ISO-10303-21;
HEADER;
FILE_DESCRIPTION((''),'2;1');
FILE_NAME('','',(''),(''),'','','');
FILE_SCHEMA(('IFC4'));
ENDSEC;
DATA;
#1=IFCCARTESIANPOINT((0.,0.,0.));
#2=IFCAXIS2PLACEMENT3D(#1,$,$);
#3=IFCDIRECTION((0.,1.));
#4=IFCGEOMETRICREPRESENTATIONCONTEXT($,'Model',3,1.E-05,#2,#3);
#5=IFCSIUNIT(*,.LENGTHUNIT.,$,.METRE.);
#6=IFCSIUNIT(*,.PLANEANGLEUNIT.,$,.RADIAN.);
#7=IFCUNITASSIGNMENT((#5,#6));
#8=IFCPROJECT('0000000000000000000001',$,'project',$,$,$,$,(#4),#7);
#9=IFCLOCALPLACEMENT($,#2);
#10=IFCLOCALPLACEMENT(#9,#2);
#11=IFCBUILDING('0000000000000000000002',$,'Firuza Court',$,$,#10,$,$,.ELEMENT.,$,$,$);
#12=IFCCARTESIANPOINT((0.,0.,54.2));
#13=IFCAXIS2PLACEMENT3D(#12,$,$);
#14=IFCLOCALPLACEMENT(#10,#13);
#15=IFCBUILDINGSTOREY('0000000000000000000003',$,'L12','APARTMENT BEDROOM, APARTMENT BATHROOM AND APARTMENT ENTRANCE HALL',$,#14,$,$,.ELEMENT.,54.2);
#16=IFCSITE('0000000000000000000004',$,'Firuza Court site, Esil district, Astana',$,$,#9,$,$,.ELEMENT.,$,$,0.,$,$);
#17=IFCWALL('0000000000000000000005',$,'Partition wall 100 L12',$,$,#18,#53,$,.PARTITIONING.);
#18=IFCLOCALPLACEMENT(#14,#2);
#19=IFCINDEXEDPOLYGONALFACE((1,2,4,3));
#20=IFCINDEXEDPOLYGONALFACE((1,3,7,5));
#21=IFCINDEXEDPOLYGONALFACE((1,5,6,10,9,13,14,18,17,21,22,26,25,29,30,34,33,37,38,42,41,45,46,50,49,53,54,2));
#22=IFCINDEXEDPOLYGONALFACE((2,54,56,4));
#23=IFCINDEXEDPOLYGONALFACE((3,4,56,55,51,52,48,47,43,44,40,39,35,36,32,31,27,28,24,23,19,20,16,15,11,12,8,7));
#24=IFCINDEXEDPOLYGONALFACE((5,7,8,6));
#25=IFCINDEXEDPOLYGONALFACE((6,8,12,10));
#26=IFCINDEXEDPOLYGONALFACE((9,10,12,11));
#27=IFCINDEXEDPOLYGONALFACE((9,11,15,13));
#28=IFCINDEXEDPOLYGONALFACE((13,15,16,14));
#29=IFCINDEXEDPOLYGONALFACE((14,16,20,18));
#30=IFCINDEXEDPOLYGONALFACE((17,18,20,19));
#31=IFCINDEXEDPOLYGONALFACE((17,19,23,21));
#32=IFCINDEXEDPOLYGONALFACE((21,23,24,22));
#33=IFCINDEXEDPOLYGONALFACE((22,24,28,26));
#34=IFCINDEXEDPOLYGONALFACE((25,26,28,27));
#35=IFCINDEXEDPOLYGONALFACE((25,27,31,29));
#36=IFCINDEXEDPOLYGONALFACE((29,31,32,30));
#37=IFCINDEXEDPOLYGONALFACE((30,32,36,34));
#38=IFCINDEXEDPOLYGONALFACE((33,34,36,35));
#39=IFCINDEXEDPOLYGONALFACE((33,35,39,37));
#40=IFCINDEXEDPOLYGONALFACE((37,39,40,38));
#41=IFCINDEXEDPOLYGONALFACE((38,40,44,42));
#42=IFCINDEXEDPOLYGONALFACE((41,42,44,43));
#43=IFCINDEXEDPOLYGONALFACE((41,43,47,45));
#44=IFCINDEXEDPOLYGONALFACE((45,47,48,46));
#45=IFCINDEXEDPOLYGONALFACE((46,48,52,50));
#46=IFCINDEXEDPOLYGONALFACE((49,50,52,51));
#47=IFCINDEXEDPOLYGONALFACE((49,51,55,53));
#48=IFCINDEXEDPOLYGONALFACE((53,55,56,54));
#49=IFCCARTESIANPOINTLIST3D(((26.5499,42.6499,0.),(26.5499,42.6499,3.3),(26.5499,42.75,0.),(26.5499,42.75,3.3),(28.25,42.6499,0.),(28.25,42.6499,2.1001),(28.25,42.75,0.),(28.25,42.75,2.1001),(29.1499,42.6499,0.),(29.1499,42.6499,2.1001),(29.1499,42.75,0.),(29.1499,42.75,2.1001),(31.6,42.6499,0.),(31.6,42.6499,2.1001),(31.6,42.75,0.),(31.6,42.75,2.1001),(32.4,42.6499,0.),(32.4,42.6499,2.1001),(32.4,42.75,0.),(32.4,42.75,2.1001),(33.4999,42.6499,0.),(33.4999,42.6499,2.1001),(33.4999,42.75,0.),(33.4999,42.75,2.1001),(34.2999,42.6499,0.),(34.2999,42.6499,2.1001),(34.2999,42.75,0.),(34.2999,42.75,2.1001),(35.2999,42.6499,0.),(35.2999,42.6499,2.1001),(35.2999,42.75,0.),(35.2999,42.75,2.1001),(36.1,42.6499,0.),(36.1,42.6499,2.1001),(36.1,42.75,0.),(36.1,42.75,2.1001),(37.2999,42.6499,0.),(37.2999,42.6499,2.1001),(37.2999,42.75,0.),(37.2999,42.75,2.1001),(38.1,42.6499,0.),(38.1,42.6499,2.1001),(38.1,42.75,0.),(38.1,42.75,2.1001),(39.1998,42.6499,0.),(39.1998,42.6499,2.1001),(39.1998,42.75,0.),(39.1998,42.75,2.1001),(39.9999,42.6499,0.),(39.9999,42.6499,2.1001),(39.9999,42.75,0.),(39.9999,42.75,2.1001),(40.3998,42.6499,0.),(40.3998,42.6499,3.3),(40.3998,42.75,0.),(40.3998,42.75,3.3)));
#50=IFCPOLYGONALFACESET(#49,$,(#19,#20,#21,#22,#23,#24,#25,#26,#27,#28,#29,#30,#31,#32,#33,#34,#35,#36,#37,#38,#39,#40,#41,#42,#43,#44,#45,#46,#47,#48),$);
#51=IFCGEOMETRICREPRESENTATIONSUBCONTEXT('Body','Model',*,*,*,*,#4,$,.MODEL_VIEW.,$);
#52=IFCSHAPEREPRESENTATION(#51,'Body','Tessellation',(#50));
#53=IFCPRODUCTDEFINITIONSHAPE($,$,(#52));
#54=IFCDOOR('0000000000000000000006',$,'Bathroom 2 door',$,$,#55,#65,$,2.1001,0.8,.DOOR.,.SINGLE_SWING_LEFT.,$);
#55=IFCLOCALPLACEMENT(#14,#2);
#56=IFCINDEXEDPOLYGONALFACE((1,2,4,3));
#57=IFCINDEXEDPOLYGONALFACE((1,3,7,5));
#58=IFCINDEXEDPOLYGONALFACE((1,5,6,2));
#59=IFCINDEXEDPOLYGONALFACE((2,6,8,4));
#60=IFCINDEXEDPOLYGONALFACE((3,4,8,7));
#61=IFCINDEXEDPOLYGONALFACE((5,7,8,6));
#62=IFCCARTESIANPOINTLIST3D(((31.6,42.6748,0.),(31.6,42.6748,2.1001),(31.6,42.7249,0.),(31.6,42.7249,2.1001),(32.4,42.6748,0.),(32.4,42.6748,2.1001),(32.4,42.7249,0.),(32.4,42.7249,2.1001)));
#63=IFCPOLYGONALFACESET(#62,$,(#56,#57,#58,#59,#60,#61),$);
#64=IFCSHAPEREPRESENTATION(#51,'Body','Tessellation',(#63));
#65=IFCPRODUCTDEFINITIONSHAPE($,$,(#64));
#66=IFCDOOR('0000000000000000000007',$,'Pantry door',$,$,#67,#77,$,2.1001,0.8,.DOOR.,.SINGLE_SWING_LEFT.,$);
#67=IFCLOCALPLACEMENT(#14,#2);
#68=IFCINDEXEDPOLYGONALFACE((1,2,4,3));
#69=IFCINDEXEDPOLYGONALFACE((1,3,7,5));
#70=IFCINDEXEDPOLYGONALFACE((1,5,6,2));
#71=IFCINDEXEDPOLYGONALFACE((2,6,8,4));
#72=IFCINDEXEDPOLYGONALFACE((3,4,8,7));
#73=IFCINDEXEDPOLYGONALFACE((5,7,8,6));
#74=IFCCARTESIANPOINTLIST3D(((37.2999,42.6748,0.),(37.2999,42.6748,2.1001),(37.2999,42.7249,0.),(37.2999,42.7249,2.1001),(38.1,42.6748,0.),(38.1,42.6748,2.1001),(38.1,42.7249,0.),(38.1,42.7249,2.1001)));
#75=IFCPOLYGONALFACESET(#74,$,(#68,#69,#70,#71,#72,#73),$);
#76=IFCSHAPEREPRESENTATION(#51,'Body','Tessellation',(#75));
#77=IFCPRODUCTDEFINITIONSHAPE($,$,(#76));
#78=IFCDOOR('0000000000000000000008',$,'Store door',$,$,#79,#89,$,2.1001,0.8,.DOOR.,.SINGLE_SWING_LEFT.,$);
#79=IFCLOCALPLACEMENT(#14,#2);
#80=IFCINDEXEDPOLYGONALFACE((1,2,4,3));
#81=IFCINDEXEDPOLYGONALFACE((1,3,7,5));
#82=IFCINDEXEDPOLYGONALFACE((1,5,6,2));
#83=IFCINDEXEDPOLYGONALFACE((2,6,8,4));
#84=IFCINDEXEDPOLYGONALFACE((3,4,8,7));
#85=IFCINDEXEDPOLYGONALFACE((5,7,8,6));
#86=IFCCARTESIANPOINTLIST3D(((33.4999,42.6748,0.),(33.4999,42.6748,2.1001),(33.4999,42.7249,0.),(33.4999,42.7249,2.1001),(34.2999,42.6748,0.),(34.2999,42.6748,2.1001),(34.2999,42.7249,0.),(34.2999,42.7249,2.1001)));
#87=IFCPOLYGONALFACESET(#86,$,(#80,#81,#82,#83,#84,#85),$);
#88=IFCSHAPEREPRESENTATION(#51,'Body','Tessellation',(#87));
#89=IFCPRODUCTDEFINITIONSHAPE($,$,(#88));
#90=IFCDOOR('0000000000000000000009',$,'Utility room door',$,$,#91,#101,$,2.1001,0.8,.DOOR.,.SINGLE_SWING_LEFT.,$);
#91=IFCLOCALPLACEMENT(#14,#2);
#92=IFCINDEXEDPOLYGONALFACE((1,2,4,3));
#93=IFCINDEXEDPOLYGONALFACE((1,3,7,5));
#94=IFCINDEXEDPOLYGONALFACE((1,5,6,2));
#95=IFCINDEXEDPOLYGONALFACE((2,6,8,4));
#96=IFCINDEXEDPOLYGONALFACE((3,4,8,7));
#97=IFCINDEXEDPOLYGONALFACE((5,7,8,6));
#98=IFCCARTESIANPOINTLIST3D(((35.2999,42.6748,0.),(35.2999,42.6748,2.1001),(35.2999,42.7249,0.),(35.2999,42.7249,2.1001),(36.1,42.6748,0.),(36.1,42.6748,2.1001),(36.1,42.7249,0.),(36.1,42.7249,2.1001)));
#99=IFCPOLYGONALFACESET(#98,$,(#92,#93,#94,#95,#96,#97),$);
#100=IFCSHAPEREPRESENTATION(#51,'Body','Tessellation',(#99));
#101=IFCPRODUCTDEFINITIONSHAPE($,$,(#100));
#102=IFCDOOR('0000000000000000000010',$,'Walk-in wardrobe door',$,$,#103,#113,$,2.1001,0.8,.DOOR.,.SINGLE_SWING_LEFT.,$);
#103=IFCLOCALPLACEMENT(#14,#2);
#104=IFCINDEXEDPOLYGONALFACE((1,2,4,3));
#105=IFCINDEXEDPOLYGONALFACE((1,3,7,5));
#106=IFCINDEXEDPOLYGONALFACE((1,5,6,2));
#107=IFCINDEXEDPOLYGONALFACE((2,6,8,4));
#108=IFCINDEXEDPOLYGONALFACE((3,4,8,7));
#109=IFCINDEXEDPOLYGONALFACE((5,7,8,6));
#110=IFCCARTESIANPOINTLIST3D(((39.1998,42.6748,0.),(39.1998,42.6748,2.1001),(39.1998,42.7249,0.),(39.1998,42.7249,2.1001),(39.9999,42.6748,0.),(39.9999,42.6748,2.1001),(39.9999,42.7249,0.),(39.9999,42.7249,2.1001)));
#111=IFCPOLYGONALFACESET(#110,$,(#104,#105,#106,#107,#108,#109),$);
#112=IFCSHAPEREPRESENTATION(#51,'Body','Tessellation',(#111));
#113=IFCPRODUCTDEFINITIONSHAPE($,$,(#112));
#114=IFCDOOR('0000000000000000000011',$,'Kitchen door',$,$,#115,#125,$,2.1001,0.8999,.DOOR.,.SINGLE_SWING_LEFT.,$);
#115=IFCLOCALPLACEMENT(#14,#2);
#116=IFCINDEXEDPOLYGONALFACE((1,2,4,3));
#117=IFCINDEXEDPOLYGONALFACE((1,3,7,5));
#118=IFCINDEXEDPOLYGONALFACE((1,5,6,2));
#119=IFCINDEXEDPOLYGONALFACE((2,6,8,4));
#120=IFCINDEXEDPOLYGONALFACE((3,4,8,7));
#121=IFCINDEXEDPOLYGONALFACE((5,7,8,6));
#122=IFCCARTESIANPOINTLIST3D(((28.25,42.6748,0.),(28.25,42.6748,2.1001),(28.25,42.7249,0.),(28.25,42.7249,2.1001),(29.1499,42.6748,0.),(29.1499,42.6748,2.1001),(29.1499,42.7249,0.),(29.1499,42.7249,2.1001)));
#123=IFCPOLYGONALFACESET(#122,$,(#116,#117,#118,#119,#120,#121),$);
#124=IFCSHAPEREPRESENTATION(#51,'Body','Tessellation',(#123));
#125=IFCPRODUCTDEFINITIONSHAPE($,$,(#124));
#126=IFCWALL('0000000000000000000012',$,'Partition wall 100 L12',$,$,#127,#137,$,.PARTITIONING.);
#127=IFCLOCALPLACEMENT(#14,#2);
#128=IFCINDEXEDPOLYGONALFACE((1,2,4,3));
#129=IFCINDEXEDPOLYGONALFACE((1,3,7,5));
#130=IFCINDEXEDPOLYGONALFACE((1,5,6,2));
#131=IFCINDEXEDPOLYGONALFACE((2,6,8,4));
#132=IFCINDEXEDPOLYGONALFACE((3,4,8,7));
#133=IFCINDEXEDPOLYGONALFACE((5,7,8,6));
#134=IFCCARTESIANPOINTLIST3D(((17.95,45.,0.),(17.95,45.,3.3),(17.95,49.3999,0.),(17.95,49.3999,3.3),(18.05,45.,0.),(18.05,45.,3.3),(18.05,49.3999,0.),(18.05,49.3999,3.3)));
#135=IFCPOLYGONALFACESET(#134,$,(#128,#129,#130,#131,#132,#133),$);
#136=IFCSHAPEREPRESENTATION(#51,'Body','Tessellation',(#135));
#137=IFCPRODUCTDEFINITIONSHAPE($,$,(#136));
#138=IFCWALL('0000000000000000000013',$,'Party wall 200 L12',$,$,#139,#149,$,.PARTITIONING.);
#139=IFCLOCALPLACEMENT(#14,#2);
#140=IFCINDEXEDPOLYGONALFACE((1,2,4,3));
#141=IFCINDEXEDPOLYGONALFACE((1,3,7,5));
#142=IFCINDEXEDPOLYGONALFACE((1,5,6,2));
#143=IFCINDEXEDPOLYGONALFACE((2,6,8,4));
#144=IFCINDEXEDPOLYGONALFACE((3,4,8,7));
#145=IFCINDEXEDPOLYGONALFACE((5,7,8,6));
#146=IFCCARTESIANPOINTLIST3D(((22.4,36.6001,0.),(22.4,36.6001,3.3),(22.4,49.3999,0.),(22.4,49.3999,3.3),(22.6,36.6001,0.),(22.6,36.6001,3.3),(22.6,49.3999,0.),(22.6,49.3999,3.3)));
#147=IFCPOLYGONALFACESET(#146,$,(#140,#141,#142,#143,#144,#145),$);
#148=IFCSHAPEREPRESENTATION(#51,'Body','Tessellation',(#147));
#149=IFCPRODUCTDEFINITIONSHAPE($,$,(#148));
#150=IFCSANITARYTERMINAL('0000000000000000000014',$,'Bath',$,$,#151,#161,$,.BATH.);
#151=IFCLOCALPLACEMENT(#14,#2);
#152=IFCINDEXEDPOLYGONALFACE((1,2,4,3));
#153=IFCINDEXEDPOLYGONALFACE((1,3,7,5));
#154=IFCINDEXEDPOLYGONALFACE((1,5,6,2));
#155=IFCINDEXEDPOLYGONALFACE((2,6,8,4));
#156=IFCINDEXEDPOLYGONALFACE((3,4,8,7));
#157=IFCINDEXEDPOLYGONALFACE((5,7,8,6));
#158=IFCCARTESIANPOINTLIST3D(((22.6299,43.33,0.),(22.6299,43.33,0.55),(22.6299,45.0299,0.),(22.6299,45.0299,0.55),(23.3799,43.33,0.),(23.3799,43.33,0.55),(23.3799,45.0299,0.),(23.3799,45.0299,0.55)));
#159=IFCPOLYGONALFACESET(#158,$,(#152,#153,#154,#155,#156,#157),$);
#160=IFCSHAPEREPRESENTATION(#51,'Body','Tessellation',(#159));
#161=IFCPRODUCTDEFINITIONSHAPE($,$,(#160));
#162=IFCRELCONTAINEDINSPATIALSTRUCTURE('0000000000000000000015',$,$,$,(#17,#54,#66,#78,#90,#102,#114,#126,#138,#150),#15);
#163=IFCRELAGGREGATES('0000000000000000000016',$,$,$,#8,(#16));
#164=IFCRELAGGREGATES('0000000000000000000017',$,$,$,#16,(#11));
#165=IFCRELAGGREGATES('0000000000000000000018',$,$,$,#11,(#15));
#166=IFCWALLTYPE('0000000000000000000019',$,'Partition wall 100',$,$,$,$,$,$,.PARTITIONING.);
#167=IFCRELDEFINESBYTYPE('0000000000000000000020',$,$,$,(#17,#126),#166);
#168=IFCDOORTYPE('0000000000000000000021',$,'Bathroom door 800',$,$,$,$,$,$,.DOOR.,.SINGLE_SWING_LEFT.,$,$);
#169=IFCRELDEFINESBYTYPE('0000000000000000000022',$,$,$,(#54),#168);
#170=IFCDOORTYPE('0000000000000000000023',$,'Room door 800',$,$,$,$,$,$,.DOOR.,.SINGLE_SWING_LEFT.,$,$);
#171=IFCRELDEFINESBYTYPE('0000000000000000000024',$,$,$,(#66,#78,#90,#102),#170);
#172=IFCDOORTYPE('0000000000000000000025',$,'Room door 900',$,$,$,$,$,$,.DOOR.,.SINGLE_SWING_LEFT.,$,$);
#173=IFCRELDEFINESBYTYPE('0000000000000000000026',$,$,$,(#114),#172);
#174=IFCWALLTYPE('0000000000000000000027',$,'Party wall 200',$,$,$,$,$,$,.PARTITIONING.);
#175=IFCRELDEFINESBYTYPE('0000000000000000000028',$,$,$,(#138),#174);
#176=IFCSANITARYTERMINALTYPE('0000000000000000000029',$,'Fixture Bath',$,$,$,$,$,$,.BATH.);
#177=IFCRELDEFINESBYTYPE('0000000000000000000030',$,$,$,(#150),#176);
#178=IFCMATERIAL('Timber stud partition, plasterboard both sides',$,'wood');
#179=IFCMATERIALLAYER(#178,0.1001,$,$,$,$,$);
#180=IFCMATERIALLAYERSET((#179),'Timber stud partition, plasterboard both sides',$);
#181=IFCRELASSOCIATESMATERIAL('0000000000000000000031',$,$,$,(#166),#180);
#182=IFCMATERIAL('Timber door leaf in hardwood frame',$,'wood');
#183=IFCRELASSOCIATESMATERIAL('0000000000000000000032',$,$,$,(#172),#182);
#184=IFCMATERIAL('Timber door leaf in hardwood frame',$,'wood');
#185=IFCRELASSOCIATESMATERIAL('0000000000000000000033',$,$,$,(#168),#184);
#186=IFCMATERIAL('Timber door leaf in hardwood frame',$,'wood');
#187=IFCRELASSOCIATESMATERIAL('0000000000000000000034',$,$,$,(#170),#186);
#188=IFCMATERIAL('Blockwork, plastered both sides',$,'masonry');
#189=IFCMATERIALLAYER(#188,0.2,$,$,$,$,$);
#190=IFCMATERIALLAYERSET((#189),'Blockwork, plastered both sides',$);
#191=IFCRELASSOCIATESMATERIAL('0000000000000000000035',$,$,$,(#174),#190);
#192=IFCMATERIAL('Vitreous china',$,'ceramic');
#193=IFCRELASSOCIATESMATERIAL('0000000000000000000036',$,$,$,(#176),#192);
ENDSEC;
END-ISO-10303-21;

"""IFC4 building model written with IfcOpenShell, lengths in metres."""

from ifc_helpers import new_model, si_unit, direction, frame, frame_2d, origin, origin_2d, place, context, subcontext, project, spatial, rectangle, extrude, material, layer, layer_set, type_object, element, fill, save


model = new_model("IFC4")

# Units and contexts
model_context = context("Model", 3, precision=1e-05, world=origin(), true_north=direction((0.0, 1.0)))
body_context = subcontext(model_context, "Body", "Model", "MODEL_VIEW")
ifc_project = project(units=[si_unit("LENGTHUNIT", "METRE"), si_unit("PLANEANGLEUNIT", "RADIAN")], contexts=[model_context])

# Site, building, storey
site_placement = place(None, origin())
site = spatial("IfcSite", under=ifc_project, at=site_placement, Name="Firuza Court site, Esil district, Astana", CompositionType="ELEMENT", RefElevation=0.0)
building_placement = place(site_placement, origin())
building = spatial("IfcBuilding", under=site, at=building_placement, Name="Firuza Court", CompositionType="ELEMENT")
storey_placement = place(building_placement, frame((0.0, 0.0, 54.2)))
storey = spatial("IfcBuildingStorey", under=building, at=storey_placement, Name="L12", Description="APARTMENT BEDROOM, APARTMENT BATHROOM AND APARTMENT ENTRANCE HALL", CompositionType="ELEMENT", Elevation=54.2)

# Shared definitions
ifc_material_1 = material(Name="Timber stud partition, plasterboard both sides", Category="wood")
ifc_layer_1 = layer(ifc_material_1, 0.1001)
ifc_layer_set_1 = layer_set([ifc_layer_1], Name="Timber stud partition, plasterboard both sides")
wall_type_1 = type_object("IfcWallType", Name="Partition wall 100", PredefinedType="PARTITIONING", material=ifc_layer_set_1)

# Shared definitions
ifc_material_2 = material(Name="Timber door leaf in hardwood frame", Category="wood")
door_type_1 = type_object("IfcDoorType", Name="Room door 900", OperationType="SINGLE_SWING_LEFT", PredefinedType="DOOR", material=ifc_material_2)

# Shared definitions
ifc_material_3 = material(Name="Timber door leaf in hardwood frame", Category="wood")
door_type_2 = type_object("IfcDoorType", Name="Bathroom door 800", OperationType="SINGLE_SWING_LEFT", PredefinedType="DOOR", material=ifc_material_3)

# Wall, openings, doors
wall_1_placement = place(storey_placement, frame((26.55, 42.7, 0.0), z_axis=(0.0, 0.0, 1.0), x_axis=(1.0, 0.0, 0.0)))
wall_1 = element("IfcWall", 1, at=wall_1_placement, inside=storey, type_object=wall_type_1, Name="Partition wall 100 L12", PredefinedType="PARTITIONING", context=body_context, shape_type="SweptSolid", body=[
    extrude(rectangle(XDim=13.8499, YDim=0.1001, at=frame_2d((6.9248, 0.0))), origin(), (0.0, 0.0, 1.0), 3.3),
])
opening_1_placement = place(wall_1_placement, frame((5.05, 0.0, 0.0)))
opening_1 = element("IfcOpeningElement", 2, at=opening_1_placement, cuts=wall_1, PredefinedType="OPENING", context=body_context, shape_type="SweptSolid", body=[
    extrude(rectangle(XDim=0.8, YDim=2.1001, at=frame_2d((0.3999, 1.05))), frame((0.0, 0.062, 0.0), z_axis=(0.0, -1.0, 0.0), x_axis=(1.0, 0.0, 0.0)), (0.0, 0.0, 1.0), 0.124),
])
opening_2_placement = place(wall_1_placement, frame((1.7, 0.0, 0.0)))
opening_2 = element("IfcOpeningElement", 3, at=opening_2_placement, cuts=wall_1, PredefinedType="OPENING", context=body_context, shape_type="SweptSolid", body=[
    extrude(rectangle(XDim=0.8999, YDim=2.1001, at=frame_2d((0.45, 1.05))), frame((0.0, 0.062, 0.0), z_axis=(0.0, -1.0, 0.0), x_axis=(1.0, 0.0, 0.0)), (0.0, 0.0, 1.0), 0.124),
])
opening_3_placement = place(wall_1_placement, frame((10.75, 0.0, 0.0)))
opening_3 = element("IfcOpeningElement", 4, at=opening_3_placement, cuts=wall_1, PredefinedType="OPENING", context=body_context, shape_type="SweptSolid", body=[
    extrude(rectangle(XDim=0.8, YDim=2.1001, at=frame_2d((0.3999, 1.05))), frame((0.0, 0.062, 0.0), z_axis=(0.0, -1.0, 0.0), x_axis=(1.0, 0.0, 0.0)), (0.0, 0.0, 1.0), 0.124),
])
opening_4_placement = place(wall_1_placement, frame((6.95, 0.0, 0.0)))
opening_4 = element("IfcOpeningElement", 5, at=opening_4_placement, cuts=wall_1, PredefinedType="OPENING", context=body_context, shape_type="SweptSolid", body=[
    extrude(rectangle(XDim=0.8, YDim=2.1001, at=frame_2d((0.3999, 1.05))), frame((0.0, 0.062, 0.0), z_axis=(0.0, -1.0, 0.0), x_axis=(1.0, 0.0, 0.0)), (0.0, 0.0, 1.0), 0.124),
])
opening_5_placement = place(wall_1_placement, frame((8.75, 0.0, 0.0)))
opening_5 = element("IfcOpeningElement", 6, at=opening_5_placement, cuts=wall_1, PredefinedType="OPENING", context=body_context, shape_type="SweptSolid", body=[
    extrude(rectangle(XDim=0.8, YDim=2.1001, at=frame_2d((0.3999, 1.05))), frame((0.0, 0.062, 0.0), z_axis=(0.0, -1.0, 0.0), x_axis=(1.0, 0.0, 0.0)), (0.0, 0.0, 1.0), 0.124),
])
opening_6_placement = place(wall_1_placement, frame((12.6499, 0.0, 0.0)))
opening_6 = element("IfcOpeningElement", 7, at=opening_6_placement, cuts=wall_1, PredefinedType="OPENING", context=body_context, shape_type="SweptSolid", body=[
    extrude(rectangle(XDim=0.8, YDim=2.1001, at=frame_2d((0.3999, 1.05))), frame((0.0, 0.062, 0.0), z_axis=(0.0, -1.0, 0.0), x_axis=(1.0, 0.0, 0.0)), (0.0, 0.0, 1.0), 0.124),
])
door_1_placement = place(opening_1_placement, origin())
door_1 = element("IfcDoor", 8, at=door_1_placement, inside=storey, type_object=door_type_2, Name="Bathroom 2 door", OperationType="SINGLE_SWING_LEFT", OverallHeight=2.1001, OverallWidth=0.8, PredefinedType="DOOR", context=body_context, shape_type="SweptSolid", body=[
    extrude(rectangle(XDim=0.8, YDim=2.1001, at=frame_2d((0.3999, 1.05))), frame((0.0, 0.0249, 0.0), z_axis=(0.0, -1.0, 0.0), x_axis=(1.0, 0.0, 0.0)), (0.0, 0.0, 1.0), 0.05),
])
fill(opening_1, door_1)
ifc_material_4 = material(Name="Timber door leaf in hardwood frame", Category="wood")
door_type_3 = type_object("IfcDoorType", Name="Room door 800", OperationType="SINGLE_SWING_LEFT", PredefinedType="DOOR", material=ifc_material_4)
door_2_placement = place(opening_3_placement, origin())
door_2 = element("IfcDoor", 9, at=door_2_placement, inside=storey, type_object=door_type_3, Name="Pantry door", OperationType="SINGLE_SWING_LEFT", OverallHeight=2.1001, OverallWidth=0.8, PredefinedType="DOOR", context=body_context, shape_type="SweptSolid", body=[
    extrude(rectangle(XDim=0.8, YDim=2.1001, at=frame_2d((0.3999, 1.05))), frame((0.0, 0.0249, 0.0), z_axis=(0.0, -1.0, 0.0), x_axis=(1.0, 0.0, 0.0)), (0.0, 0.0, 1.0), 0.05),
])
fill(opening_3, door_2)
door_3_placement = place(opening_4_placement, origin())
door_3 = element("IfcDoor", 10, at=door_3_placement, inside=storey, type_object=door_type_3, Name="Store door", OperationType="SINGLE_SWING_LEFT", OverallHeight=2.1001, OverallWidth=0.8, PredefinedType="DOOR", context=body_context, shape_type="SweptSolid", body=[
    extrude(rectangle(XDim=0.8, YDim=2.1001, at=frame_2d((0.3999, 1.05))), frame((0.0, 0.0249, 0.0), z_axis=(0.0, -1.0, 0.0), x_axis=(1.0, 0.0, 0.0)), (0.0, 0.0, 1.0), 0.05),
])
fill(opening_4, door_3)
door_4_placement = place(opening_5_placement, origin())
door_4 = element("IfcDoor", 11, at=door_4_placement, inside=storey, type_object=door_type_3, Name="Utility room door", OperationType="SINGLE_SWING_LEFT", OverallHeight=2.1001, OverallWidth=0.8, PredefinedType="DOOR", context=body_context, shape_type="SweptSolid", body=[
    extrude(rectangle(XDim=0.8, YDim=2.1001, at=frame_2d((0.3999, 1.05))), frame((0.0, 0.0249, 0.0), z_axis=(0.0, -1.0, 0.0), x_axis=(1.0, 0.0, 0.0)), (0.0, 0.0, 1.0), 0.05),
])
fill(opening_5, door_4)
door_5_placement = place(opening_6_placement, origin())
door_5 = element("IfcDoor", 12, at=door_5_placement, inside=storey, type_object=door_type_3, Name="Walk-in wardrobe door", OperationType="SINGLE_SWING_LEFT", OverallHeight=2.1001, OverallWidth=0.8, PredefinedType="DOOR", context=body_context, shape_type="SweptSolid", body=[
    extrude(rectangle(XDim=0.8, YDim=2.1001, at=frame_2d((0.3999, 1.05))), frame((0.0, 0.0249, 0.0), z_axis=(0.0, -1.0, 0.0), x_axis=(1.0, 0.0, 0.0)), (0.0, 0.0, 1.0), 0.05),
])
fill(opening_6, door_5)
door_6_placement = place(opening_2_placement, origin())
door_6 = element("IfcDoor", 13, at=door_6_placement, inside=storey, type_object=door_type_1, Name="Kitchen door", OperationType="SINGLE_SWING_LEFT", OverallHeight=2.1001, OverallWidth=0.8999, PredefinedType="DOOR", context=body_context, shape_type="SweptSolid", body=[
    extrude(rectangle(XDim=0.8999, YDim=2.1001, at=frame_2d((0.45, 1.05))), frame((0.0, 0.0249, 0.0), z_axis=(0.0, -1.0, 0.0), x_axis=(1.0, 0.0, 0.0)), (0.0, 0.0, 1.0), 0.05),
])
fill(opening_2, door_6)

# Walls
wall_2_placement = place(storey_placement, frame((18.0, 45.0, 0.0), z_axis=(0.0, 0.0, 1.0), x_axis=(0.0, 1.0, 0.0)))
element("IfcWall", 14, at=wall_2_placement, inside=storey, type_object=wall_type_1, Name="Partition wall 100 L12", PredefinedType="PARTITIONING", context=body_context, shape_type="SweptSolid", body=[
    extrude(rectangle(XDim=4.3999, YDim=0.1001, at=frame_2d((2.2, 0.0))), origin(), (0.0, 0.0, 1.0), 3.3),
])
ifc_material_5 = material(Name="Blockwork, plastered both sides", Category="masonry")
ifc_layer_2 = layer(ifc_material_5, 0.2)
ifc_layer_set_2 = layer_set([ifc_layer_2], Name="Blockwork, plastered both sides")
wall_type_2 = type_object("IfcWallType", Name="Party wall 200", PredefinedType="PARTITIONING", material=ifc_layer_set_2)
wall_3_placement = place(storey_placement, frame((22.5, 36.6001, 0.0), z_axis=(0.0, 0.0, 1.0), x_axis=(0.0, 1.0, 0.0)))
element("IfcWall", 15, at=wall_3_placement, inside=storey, type_object=wall_type_2, Name="Party wall 200 L12", PredefinedType="PARTITIONING", context=body_context, shape_type="SweptSolid", body=[
    extrude(rectangle(XDim=12.7998, YDim=0.2, at=frame_2d((6.3999, 0.0))), origin(), (0.0, 0.0, 1.0), 3.3),
])

# Sanitary terminal
ifc_material_6 = material(Name="Vitreous china", Category="ceramic")
sanitary_terminal_type_1 = type_object("IfcSanitaryTerminalType", Name="Fixture Bath", PredefinedType="BATH", material=ifc_material_6)
sanitary_terminal_placement = place(storey_placement, frame((23.0049, 44.1799, 0.0), z_axis=(0.0, 0.0, 1.0), x_axis=(1.0, 0.0, 0.0)))
element("IfcSanitaryTerminal", 16, at=sanitary_terminal_placement, inside=storey, type_object=sanitary_terminal_type_1, Name="Bath", PredefinedType="BATH", context=body_context, shape_type="SweptSolid", body=[
    extrude(rectangle(XDim=0.75, YDim=1.7, at=origin_2d()), origin(), (0.0, 0.0, 1.0), 0.55),
])

save(model, "model.ifc")
